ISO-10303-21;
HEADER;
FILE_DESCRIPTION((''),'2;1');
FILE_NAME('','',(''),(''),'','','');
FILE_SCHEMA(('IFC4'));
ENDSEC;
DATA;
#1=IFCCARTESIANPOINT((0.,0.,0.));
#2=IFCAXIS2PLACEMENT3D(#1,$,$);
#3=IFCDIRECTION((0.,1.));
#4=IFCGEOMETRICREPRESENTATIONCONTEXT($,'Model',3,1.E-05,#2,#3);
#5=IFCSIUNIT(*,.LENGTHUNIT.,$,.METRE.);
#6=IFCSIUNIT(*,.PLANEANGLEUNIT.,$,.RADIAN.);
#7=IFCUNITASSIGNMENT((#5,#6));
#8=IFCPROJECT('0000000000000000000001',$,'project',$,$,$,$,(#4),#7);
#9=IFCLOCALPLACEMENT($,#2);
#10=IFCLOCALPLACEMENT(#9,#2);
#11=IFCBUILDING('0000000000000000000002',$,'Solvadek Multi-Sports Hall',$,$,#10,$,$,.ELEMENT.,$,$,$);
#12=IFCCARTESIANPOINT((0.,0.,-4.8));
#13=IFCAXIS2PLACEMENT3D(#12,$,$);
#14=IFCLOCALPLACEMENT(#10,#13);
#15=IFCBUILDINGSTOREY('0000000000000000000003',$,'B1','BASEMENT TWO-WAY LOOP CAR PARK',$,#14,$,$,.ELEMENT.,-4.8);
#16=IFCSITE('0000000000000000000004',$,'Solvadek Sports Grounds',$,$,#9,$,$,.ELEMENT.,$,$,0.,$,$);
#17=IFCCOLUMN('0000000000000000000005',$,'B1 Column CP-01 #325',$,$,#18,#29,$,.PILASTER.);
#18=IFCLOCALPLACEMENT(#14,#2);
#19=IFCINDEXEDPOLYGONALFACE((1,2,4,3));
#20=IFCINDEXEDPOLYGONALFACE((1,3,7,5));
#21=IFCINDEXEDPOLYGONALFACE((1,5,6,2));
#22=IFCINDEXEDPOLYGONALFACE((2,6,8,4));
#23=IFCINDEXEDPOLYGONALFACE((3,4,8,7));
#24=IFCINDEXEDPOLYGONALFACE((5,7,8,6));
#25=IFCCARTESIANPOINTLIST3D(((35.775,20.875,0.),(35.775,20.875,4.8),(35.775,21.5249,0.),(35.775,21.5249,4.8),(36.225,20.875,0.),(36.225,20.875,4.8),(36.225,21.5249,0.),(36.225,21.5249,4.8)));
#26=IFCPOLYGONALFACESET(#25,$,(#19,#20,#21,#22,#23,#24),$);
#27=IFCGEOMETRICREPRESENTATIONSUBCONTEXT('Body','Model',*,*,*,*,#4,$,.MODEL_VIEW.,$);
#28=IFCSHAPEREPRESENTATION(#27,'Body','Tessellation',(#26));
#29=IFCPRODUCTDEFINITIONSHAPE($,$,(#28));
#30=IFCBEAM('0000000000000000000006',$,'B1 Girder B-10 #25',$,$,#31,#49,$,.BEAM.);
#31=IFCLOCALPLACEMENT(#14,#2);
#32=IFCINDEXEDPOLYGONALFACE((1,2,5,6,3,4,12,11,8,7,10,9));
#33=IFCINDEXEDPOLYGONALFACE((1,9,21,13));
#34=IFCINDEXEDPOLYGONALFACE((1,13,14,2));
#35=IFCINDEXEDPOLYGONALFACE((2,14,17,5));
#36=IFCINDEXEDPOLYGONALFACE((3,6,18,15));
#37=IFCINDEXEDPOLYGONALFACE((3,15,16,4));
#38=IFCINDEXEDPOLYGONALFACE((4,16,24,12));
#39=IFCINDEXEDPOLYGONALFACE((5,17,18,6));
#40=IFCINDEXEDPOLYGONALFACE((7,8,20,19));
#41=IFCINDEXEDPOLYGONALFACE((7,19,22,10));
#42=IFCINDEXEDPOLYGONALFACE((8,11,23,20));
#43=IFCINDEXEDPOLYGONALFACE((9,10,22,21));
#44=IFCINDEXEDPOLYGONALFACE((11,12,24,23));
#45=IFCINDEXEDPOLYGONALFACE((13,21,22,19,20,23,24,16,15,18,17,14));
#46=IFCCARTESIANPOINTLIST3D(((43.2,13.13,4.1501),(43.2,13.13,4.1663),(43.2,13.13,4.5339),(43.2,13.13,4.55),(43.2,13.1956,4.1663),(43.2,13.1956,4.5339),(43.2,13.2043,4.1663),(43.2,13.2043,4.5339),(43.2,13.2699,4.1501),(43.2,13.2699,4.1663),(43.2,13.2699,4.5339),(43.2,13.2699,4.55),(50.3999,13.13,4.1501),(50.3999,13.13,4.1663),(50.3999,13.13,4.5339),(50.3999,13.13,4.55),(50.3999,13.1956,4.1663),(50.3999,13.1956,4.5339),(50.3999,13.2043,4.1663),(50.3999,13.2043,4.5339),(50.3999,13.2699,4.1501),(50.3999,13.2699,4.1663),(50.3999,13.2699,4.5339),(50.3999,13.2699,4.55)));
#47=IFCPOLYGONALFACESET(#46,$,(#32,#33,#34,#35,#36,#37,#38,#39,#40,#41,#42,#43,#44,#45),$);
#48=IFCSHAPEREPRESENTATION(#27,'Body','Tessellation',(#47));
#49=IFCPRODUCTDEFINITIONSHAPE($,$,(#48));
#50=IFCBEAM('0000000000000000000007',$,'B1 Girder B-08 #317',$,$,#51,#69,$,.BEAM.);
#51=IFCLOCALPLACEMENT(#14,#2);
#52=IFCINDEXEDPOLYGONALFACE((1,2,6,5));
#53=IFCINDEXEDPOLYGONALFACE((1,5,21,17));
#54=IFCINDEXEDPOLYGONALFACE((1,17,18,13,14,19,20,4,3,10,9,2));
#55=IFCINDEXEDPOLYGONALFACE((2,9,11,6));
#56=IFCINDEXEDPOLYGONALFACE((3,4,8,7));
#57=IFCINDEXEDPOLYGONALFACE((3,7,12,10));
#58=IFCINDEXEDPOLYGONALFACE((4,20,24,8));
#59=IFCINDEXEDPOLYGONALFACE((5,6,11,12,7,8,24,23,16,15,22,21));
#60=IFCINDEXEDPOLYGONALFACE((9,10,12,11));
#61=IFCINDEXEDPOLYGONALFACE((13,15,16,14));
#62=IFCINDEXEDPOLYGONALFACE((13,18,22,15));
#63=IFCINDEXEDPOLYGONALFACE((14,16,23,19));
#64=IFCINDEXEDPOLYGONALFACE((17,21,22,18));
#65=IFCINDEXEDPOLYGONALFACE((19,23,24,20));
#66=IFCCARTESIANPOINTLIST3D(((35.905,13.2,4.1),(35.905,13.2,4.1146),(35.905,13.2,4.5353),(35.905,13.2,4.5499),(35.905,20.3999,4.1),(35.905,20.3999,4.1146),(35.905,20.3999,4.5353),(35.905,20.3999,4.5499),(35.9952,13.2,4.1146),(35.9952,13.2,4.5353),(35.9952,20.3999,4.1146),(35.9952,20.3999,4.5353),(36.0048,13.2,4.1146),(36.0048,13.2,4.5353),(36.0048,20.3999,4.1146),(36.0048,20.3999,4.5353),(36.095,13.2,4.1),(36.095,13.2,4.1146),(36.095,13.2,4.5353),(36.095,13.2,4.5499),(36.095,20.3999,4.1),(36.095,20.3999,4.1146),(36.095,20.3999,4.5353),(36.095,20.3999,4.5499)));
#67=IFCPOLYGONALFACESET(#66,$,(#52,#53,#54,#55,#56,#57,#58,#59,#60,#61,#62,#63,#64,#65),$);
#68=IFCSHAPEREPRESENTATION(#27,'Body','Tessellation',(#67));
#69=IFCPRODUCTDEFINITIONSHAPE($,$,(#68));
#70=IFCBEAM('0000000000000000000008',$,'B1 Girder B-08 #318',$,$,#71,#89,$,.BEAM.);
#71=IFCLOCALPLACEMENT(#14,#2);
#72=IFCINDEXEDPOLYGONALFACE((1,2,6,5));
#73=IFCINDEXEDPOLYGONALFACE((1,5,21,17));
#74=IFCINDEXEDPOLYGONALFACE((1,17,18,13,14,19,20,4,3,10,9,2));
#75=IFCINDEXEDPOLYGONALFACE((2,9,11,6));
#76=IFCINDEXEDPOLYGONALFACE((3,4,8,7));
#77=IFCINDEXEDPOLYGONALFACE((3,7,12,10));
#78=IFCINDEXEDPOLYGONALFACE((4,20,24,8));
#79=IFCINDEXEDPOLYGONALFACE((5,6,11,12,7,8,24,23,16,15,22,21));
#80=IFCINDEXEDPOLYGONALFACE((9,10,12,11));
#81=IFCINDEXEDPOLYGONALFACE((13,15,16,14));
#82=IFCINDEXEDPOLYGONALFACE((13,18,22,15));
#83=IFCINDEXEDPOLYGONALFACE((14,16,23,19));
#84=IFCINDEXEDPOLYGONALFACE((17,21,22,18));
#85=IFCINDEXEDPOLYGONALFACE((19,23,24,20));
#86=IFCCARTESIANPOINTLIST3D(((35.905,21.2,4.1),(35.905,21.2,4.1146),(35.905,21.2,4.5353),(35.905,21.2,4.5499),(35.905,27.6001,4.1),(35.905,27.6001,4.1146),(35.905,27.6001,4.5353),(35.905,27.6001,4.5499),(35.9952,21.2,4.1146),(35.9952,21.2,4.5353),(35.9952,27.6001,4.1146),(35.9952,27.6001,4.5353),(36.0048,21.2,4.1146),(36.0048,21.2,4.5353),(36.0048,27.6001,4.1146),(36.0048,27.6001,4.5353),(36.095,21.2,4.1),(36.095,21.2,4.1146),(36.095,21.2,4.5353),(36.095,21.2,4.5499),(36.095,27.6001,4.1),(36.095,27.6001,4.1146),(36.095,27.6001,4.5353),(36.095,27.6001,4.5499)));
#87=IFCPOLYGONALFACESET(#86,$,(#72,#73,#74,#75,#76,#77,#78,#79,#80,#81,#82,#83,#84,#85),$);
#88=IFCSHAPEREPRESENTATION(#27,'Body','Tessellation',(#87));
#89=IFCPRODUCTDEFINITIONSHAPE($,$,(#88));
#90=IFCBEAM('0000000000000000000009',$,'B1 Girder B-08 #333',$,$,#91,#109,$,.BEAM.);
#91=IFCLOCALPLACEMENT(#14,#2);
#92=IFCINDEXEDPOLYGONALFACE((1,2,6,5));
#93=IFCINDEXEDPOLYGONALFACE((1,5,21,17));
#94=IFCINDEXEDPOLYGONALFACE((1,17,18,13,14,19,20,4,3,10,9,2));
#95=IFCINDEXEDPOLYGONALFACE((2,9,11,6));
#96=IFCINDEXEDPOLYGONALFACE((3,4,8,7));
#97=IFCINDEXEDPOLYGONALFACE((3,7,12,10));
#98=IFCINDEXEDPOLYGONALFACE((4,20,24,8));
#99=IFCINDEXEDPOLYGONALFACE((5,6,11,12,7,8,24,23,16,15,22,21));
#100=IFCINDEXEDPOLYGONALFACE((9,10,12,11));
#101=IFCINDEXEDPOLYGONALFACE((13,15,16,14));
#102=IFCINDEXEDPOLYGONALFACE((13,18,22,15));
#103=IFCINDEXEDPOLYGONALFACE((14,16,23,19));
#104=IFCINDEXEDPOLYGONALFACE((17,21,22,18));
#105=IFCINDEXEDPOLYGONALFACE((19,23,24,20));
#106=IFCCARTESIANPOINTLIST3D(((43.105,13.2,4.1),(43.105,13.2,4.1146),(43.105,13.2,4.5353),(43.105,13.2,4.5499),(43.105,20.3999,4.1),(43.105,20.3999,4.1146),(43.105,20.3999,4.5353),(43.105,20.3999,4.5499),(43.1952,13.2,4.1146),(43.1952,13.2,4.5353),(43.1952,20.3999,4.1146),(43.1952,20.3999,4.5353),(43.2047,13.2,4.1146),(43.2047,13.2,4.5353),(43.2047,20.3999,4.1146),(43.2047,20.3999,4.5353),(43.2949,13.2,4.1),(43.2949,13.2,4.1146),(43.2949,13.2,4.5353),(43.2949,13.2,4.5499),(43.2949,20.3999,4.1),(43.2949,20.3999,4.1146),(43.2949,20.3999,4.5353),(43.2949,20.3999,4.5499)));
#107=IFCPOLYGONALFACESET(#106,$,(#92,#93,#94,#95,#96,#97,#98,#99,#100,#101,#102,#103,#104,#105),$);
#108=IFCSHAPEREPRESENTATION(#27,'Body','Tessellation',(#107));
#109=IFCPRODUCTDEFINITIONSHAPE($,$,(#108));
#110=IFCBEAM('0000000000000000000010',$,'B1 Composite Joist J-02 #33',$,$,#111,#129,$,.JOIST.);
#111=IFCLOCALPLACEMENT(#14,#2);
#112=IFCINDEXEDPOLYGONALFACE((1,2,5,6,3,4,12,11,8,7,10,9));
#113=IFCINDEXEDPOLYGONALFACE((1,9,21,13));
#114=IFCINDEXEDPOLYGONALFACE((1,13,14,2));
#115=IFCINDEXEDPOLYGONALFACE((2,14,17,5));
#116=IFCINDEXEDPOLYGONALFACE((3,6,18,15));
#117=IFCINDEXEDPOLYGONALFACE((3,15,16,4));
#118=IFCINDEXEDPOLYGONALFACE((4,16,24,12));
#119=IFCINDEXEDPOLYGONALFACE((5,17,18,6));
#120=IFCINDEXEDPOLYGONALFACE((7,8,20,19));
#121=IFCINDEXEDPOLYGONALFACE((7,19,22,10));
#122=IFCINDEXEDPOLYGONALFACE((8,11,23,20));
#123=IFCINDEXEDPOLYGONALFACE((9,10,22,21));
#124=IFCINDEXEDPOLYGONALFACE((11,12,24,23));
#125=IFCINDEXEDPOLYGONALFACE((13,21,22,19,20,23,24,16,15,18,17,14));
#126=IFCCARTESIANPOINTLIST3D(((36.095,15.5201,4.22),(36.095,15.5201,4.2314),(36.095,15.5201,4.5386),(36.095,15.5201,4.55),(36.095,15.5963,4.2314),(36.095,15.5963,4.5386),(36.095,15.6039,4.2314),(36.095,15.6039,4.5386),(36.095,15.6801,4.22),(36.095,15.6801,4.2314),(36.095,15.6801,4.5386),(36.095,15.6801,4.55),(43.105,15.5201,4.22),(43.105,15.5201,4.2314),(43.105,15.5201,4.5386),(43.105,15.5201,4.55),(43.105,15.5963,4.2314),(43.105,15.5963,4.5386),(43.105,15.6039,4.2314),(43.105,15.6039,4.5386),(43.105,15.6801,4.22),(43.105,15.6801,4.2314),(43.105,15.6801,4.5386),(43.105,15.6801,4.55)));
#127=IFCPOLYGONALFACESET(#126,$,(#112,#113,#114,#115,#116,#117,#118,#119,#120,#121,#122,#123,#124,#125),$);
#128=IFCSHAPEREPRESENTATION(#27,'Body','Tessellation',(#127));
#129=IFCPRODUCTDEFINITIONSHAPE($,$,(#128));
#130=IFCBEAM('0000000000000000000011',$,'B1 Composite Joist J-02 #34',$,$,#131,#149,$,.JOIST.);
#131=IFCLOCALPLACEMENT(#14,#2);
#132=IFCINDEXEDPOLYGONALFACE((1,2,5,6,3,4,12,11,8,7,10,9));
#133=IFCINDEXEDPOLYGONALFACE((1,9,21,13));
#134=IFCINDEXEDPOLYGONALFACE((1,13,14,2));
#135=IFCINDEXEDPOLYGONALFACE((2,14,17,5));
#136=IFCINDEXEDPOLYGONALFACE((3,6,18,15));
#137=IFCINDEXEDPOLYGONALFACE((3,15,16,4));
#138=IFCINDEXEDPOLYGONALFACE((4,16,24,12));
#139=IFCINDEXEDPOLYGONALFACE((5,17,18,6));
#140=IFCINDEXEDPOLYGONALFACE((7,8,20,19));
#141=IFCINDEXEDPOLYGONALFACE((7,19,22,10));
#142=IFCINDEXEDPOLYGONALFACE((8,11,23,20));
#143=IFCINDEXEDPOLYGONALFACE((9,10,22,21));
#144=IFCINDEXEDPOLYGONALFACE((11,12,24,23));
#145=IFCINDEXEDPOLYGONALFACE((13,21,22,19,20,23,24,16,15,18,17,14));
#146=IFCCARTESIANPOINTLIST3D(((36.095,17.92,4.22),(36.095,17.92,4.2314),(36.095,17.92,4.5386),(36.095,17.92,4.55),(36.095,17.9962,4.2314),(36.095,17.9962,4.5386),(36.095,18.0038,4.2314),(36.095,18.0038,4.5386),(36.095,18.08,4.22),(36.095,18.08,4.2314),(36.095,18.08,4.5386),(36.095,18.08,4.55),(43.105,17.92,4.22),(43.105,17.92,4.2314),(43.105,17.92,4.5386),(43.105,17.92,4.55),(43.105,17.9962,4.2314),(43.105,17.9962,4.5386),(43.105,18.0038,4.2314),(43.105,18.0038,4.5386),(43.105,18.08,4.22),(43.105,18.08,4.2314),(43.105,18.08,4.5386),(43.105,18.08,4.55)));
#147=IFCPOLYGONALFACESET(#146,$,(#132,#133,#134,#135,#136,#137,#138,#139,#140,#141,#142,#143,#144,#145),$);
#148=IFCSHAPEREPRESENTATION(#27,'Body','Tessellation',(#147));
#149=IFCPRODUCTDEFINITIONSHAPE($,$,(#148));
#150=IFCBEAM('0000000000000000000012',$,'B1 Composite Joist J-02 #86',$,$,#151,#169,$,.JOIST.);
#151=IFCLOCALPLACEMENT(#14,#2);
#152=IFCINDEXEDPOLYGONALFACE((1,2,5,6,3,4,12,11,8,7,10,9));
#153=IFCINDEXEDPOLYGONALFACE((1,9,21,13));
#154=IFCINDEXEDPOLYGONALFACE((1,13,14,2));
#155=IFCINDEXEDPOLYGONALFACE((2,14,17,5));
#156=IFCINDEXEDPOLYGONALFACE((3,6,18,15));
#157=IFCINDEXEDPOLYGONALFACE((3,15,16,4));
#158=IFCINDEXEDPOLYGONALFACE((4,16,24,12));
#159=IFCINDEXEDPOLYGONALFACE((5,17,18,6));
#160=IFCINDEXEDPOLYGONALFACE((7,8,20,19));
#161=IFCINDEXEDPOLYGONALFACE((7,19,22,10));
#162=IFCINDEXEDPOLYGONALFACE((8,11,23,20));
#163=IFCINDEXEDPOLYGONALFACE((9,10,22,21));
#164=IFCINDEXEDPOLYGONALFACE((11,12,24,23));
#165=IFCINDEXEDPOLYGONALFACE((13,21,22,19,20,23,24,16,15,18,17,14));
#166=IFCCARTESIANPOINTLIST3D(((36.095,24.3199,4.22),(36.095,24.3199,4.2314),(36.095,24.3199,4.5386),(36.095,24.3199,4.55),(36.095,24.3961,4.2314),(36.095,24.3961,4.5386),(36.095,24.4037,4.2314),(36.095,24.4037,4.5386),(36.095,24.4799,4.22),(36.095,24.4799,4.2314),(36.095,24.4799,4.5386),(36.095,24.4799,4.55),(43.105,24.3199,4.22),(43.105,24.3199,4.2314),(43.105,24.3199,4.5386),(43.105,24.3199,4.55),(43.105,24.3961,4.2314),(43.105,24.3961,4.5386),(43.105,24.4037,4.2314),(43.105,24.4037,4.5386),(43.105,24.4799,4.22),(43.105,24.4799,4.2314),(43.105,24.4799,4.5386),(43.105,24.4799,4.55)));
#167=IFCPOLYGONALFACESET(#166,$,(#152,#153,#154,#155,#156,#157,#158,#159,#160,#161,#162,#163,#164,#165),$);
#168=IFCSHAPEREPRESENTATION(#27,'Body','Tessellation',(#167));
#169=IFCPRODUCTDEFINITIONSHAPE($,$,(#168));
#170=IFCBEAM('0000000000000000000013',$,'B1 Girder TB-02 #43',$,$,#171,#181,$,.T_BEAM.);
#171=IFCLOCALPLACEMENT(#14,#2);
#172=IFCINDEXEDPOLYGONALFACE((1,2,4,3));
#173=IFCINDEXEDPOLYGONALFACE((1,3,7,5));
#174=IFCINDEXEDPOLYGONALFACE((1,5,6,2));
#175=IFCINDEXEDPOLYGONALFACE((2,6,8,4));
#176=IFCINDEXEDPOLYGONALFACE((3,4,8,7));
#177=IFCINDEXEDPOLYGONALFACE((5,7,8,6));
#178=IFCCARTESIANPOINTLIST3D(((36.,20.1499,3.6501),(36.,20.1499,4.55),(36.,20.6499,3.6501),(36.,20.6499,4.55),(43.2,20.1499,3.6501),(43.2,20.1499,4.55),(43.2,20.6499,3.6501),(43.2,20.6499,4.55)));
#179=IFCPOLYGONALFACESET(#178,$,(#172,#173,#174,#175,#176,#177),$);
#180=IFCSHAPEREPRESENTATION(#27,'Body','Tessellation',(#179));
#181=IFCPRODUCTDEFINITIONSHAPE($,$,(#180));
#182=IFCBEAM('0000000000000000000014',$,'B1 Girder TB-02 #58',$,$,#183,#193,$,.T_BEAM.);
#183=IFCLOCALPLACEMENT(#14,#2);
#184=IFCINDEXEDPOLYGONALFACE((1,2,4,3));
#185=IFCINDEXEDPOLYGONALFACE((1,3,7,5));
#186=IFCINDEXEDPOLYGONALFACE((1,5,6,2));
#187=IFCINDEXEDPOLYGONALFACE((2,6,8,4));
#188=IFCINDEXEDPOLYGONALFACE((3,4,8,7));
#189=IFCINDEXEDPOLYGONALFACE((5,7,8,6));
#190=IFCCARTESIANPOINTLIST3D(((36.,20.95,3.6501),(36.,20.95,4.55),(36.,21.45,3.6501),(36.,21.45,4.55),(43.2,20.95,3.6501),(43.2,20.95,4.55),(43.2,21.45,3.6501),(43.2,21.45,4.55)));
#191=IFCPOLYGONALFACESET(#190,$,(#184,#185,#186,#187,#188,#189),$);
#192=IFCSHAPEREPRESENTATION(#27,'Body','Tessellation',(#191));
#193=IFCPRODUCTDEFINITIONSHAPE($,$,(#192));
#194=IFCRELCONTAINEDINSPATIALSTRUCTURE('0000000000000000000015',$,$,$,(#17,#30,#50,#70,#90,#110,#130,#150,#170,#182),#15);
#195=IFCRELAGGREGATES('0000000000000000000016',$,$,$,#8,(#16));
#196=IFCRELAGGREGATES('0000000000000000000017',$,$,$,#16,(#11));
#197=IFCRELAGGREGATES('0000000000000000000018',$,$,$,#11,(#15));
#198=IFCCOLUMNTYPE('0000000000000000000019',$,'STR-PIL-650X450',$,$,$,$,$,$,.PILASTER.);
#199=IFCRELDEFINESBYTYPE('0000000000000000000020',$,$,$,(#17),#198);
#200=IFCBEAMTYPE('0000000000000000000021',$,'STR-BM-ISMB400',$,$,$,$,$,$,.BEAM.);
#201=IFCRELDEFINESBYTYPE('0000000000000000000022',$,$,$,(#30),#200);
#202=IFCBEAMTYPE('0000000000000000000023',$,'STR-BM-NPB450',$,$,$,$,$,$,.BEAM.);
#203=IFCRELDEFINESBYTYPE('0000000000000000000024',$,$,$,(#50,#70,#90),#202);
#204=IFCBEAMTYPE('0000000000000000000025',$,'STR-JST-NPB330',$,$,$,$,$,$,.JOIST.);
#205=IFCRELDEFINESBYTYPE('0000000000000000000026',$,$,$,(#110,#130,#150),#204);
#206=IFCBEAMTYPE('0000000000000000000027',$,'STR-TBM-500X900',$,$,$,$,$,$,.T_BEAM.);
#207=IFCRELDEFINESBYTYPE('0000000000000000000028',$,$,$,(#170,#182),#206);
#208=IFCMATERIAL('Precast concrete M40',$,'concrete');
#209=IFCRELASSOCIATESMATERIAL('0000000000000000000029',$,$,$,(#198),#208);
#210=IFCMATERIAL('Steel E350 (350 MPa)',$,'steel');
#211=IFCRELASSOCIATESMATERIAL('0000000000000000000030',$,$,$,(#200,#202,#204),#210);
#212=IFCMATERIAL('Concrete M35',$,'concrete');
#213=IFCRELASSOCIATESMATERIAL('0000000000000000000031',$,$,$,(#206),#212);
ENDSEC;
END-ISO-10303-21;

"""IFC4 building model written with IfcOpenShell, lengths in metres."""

from ifc_helpers import new_model, si_unit, direction, frame, origin, origin_2d, place, context, subcontext, project, spatial, rectangle, i_section, extrude, material, material_profile, profile_set, type_object, element, save


model = new_model("IFC4")

# Units and contexts
model_context = context("Model", 3, precision=1e-05, world=origin(), true_north=direction((0.0, 1.0)))
body_context = subcontext(model_context, "Body", "Model", "MODEL_VIEW")
ifc_project = project(units=[si_unit("LENGTHUNIT", "METRE"), si_unit("PLANEANGLEUNIT", "RADIAN")], contexts=[model_context])

# Site, building, storey
site_placement = place(None, origin())
site = spatial("IfcSite", under=ifc_project, at=site_placement, Name="Solvadek Sports Grounds", CompositionType="ELEMENT", RefElevation=0.0)
building_placement = place(site_placement, origin())
building = spatial("IfcBuilding", under=site, at=building_placement, Name="Solvadek Multi-Sports Hall", CompositionType="ELEMENT")
storey_placement = place(building_placement, frame((0.0, 0.0, -4.8)))
storey = spatial("IfcBuildingStorey", under=building, at=storey_placement, Name="B1", Description="BASEMENT TWO-WAY LOOP CAR PARK", CompositionType="ELEMENT", Elevation=-4.8)

# Shared definitions
ifc_material_1 = material(Name="Concrete M35", Category="concrete")

# Column
ifc_material_2 = material(Name="Steel E350 (350 MPa)", Category="steel")
ifc_material_3 = material(Name="Precast concrete M40", Category="concrete")
ifc_material_profile_1 = material_profile(ifc_material_3, rectangle(XDim=0.45, YDim=0.6499, at=origin_2d()), Name="RC PILASTER 650x450")
ifc_profile_set_1 = profile_set([ifc_material_profile_1], Name="Precast concrete M40")
column_type_1 = type_object("IfcColumnType", Name="STR-PIL-650X450", PredefinedType="PILASTER", material=ifc_profile_set_1)
column_placement = place(storey_placement, frame((36.0, 21.2, 0.0), z_axis=(0.0, 0.0, 1.0), x_axis=(1.0, 0.0, 0.0)))
element("IfcColumn", 1, at=column_placement, inside=storey, type_object=column_type_1, Name="B1 Column CP-01 #325", PredefinedType="PILASTER", context=body_context, shape_type="SweptSolid", body=[
    extrude(rectangle(XDim=0.45, YDim=0.6499, at=origin_2d()), origin(), (0.0, 0.0, 1.0), 4.8),
])

# Beams
ifc_material_profile_2 = material_profile(ifc_material_2, i_section(OverallWidth=0.1399, OverallDepth=0.3999, WebThickness=0.0088, FlangeThickness=0.0161, at=origin_2d()), Name="ISMB 400")
ifc_profile_set_2 = profile_set([ifc_material_profile_2], Name="Steel E350 (350 MPa)")
beam_type_1 = type_object("IfcBeamType", Name="STR-BM-ISMB400", PredefinedType="BEAM", material=ifc_profile_set_2)
beam_1_placement = place(storey_placement, frame((43.2, 13.2, 4.3501), z_axis=(1.0, 0.0, 0.0), x_axis=(0.0, 1.0, 0.0)))
element("IfcBeam", 2, at=beam_1_placement, inside=storey, type_object=beam_type_1, Name="B1 Girder B-10 #25", PredefinedType="BEAM", context=body_context, shape_type="SweptSolid", body=[
    extrude(i_section(OverallWidth=0.1399, OverallDepth=0.3999, WebThickness=0.0088, FlangeThickness=0.0161, at=origin_2d()), origin(), (0.0, 0.0, 1.0), 7.2),
])
ifc_material_profile_3 = material_profile(ifc_material_2, i_section(OverallWidth=0.1899, OverallDepth=0.45, WebThickness=0.0095, FlangeThickness=0.0146, at=origin_2d()), Name="NPB 450")
ifc_profile_set_3 = profile_set([ifc_material_profile_3], Name="Steel E350 (350 MPa)")
beam_type_2 = type_object("IfcBeamType", Name="STR-BM-NPB450", PredefinedType="BEAM", material=ifc_profile_set_3)
beam_2_placement = place(storey_placement, frame((36.0, 13.2, 4.325), z_axis=(0.0, 1.0, 0.0), x_axis=(-1.0, 0.0, 0.0)))
element("IfcBeam", 3, at=beam_2_placement, inside=storey, type_object=beam_type_2, Name="B1 Girder B-08 #317", PredefinedType="BEAM", context=body_context, shape_type="SweptSolid", body=[
    extrude(i_section(OverallWidth=0.1899, OverallDepth=0.45, WebThickness=0.0095, FlangeThickness=0.0146, at=origin_2d()), origin(), (0.0, 0.0, 1.0), 7.2),
])
beam_3_placement = place(storey_placement, frame((36.0, 21.2, 4.325), z_axis=(0.0, 1.0, 0.0), x_axis=(-1.0, 0.0, 0.0)))
element("IfcBeam", 4, at=beam_3_placement, inside=storey, type_object=beam_type_2, Name="B1 Girder B-08 #318", PredefinedType="BEAM", context=body_context, shape_type="SweptSolid", body=[
    extrude(i_section(OverallWidth=0.1899, OverallDepth=0.45, WebThickness=0.0095, FlangeThickness=0.0146, at=origin_2d()), origin(), (0.0, 0.0, 1.0), 6.4001),
])
beam_4_placement = place(storey_placement, frame((43.2, 13.2, 4.325), z_axis=(0.0, 1.0, 0.0), x_axis=(-1.0, 0.0, 0.0)))
element("IfcBeam", 5, at=beam_4_placement, inside=storey, type_object=beam_type_2, Name="B1 Girder B-08 #333", PredefinedType="BEAM", context=body_context, shape_type="SweptSolid", body=[
    extrude(i_section(OverallWidth=0.1899, OverallDepth=0.45, WebThickness=0.0095, FlangeThickness=0.0146, at=origin_2d()), origin(), (0.0, 0.0, 1.0), 7.2),
])
ifc_material_profile_4 = material_profile(ifc_material_2, i_section(OverallWidth=0.1599, OverallDepth=0.3301, WebThickness=0.0076, FlangeThickness=0.0115, at=origin_2d()), Name="NPB 330")
ifc_profile_set_4 = profile_set([ifc_material_profile_4], Name="Steel E350 (350 MPa)")
beam_type_3 = type_object("IfcBeamType", Name="STR-JST-NPB330", PredefinedType="JOIST", material=ifc_profile_set_4)
for number, where, z_axis, x_axis, name in (
    (6, (36.095, 15.6001, 4.385), (1.0, 0.0, 0.0), (0.0, 1.0, 0.0), "B1 Composite Joist J-02 #33"),
    (7, (36.095, 18.0, 4.385), (1.0, 0.0, 0.0), (0.0, 1.0, 0.0), "B1 Composite Joist J-02 #34"),
    (8, (36.095, 24.3999, 4.385), (1.0, 0.0, 0.0), (0.0, 1.0, 0.0), "B1 Composite Joist J-02 #86"),
):
    element("IfcBeam", number, at=place(storey_placement, frame(where, z_axis=z_axis, x_axis=x_axis)), inside=storey, type_object=beam_type_3, Name=name, PredefinedType="JOIST", context=body_context, shape_type="SweptSolid", body=[
        extrude(i_section(OverallWidth=0.1599, OverallDepth=0.3301, WebThickness=0.0076, FlangeThickness=0.0115, at=origin_2d()), origin(), (0.0, 0.0, 1.0), 7.01),
    ])
ifc_material_profile_5 = material_profile(ifc_material_1, rectangle(XDim=0.5, YDim=0.8999, at=origin_2d()), Name="RC T-BEAM 500x900")
ifc_profile_set_5 = profile_set([ifc_material_profile_5], Name="Concrete M35")
beam_type_4 = type_object("IfcBeamType", Name="STR-TBM-500X900", PredefinedType="T_BEAM", material=ifc_profile_set_5)
for number, where, z_axis, x_axis, name in (
    (9, (36.0, 20.3999, 4.1001), (1.0, 0.0, 0.0), (0.0, 1.0, 0.0), "B1 Girder TB-02 #43"),
    (10, (36.0, 21.2, 4.1001), (1.0, 0.0, 0.0), (0.0, 1.0, 0.0), "B1 Girder TB-02 #58"),
):
    element("IfcBeam", number, at=place(storey_placement, frame(where, z_axis=z_axis, x_axis=x_axis)), inside=storey, type_object=beam_type_4, Name=name, PredefinedType="T_BEAM", context=body_context, shape_type="SweptSolid", body=[
        extrude(rectangle(XDim=0.5, YDim=0.8999, at=origin_2d()), origin(), (0.0, 0.0, 1.0), 7.2),
    ])

save(model, "model.ifc")
